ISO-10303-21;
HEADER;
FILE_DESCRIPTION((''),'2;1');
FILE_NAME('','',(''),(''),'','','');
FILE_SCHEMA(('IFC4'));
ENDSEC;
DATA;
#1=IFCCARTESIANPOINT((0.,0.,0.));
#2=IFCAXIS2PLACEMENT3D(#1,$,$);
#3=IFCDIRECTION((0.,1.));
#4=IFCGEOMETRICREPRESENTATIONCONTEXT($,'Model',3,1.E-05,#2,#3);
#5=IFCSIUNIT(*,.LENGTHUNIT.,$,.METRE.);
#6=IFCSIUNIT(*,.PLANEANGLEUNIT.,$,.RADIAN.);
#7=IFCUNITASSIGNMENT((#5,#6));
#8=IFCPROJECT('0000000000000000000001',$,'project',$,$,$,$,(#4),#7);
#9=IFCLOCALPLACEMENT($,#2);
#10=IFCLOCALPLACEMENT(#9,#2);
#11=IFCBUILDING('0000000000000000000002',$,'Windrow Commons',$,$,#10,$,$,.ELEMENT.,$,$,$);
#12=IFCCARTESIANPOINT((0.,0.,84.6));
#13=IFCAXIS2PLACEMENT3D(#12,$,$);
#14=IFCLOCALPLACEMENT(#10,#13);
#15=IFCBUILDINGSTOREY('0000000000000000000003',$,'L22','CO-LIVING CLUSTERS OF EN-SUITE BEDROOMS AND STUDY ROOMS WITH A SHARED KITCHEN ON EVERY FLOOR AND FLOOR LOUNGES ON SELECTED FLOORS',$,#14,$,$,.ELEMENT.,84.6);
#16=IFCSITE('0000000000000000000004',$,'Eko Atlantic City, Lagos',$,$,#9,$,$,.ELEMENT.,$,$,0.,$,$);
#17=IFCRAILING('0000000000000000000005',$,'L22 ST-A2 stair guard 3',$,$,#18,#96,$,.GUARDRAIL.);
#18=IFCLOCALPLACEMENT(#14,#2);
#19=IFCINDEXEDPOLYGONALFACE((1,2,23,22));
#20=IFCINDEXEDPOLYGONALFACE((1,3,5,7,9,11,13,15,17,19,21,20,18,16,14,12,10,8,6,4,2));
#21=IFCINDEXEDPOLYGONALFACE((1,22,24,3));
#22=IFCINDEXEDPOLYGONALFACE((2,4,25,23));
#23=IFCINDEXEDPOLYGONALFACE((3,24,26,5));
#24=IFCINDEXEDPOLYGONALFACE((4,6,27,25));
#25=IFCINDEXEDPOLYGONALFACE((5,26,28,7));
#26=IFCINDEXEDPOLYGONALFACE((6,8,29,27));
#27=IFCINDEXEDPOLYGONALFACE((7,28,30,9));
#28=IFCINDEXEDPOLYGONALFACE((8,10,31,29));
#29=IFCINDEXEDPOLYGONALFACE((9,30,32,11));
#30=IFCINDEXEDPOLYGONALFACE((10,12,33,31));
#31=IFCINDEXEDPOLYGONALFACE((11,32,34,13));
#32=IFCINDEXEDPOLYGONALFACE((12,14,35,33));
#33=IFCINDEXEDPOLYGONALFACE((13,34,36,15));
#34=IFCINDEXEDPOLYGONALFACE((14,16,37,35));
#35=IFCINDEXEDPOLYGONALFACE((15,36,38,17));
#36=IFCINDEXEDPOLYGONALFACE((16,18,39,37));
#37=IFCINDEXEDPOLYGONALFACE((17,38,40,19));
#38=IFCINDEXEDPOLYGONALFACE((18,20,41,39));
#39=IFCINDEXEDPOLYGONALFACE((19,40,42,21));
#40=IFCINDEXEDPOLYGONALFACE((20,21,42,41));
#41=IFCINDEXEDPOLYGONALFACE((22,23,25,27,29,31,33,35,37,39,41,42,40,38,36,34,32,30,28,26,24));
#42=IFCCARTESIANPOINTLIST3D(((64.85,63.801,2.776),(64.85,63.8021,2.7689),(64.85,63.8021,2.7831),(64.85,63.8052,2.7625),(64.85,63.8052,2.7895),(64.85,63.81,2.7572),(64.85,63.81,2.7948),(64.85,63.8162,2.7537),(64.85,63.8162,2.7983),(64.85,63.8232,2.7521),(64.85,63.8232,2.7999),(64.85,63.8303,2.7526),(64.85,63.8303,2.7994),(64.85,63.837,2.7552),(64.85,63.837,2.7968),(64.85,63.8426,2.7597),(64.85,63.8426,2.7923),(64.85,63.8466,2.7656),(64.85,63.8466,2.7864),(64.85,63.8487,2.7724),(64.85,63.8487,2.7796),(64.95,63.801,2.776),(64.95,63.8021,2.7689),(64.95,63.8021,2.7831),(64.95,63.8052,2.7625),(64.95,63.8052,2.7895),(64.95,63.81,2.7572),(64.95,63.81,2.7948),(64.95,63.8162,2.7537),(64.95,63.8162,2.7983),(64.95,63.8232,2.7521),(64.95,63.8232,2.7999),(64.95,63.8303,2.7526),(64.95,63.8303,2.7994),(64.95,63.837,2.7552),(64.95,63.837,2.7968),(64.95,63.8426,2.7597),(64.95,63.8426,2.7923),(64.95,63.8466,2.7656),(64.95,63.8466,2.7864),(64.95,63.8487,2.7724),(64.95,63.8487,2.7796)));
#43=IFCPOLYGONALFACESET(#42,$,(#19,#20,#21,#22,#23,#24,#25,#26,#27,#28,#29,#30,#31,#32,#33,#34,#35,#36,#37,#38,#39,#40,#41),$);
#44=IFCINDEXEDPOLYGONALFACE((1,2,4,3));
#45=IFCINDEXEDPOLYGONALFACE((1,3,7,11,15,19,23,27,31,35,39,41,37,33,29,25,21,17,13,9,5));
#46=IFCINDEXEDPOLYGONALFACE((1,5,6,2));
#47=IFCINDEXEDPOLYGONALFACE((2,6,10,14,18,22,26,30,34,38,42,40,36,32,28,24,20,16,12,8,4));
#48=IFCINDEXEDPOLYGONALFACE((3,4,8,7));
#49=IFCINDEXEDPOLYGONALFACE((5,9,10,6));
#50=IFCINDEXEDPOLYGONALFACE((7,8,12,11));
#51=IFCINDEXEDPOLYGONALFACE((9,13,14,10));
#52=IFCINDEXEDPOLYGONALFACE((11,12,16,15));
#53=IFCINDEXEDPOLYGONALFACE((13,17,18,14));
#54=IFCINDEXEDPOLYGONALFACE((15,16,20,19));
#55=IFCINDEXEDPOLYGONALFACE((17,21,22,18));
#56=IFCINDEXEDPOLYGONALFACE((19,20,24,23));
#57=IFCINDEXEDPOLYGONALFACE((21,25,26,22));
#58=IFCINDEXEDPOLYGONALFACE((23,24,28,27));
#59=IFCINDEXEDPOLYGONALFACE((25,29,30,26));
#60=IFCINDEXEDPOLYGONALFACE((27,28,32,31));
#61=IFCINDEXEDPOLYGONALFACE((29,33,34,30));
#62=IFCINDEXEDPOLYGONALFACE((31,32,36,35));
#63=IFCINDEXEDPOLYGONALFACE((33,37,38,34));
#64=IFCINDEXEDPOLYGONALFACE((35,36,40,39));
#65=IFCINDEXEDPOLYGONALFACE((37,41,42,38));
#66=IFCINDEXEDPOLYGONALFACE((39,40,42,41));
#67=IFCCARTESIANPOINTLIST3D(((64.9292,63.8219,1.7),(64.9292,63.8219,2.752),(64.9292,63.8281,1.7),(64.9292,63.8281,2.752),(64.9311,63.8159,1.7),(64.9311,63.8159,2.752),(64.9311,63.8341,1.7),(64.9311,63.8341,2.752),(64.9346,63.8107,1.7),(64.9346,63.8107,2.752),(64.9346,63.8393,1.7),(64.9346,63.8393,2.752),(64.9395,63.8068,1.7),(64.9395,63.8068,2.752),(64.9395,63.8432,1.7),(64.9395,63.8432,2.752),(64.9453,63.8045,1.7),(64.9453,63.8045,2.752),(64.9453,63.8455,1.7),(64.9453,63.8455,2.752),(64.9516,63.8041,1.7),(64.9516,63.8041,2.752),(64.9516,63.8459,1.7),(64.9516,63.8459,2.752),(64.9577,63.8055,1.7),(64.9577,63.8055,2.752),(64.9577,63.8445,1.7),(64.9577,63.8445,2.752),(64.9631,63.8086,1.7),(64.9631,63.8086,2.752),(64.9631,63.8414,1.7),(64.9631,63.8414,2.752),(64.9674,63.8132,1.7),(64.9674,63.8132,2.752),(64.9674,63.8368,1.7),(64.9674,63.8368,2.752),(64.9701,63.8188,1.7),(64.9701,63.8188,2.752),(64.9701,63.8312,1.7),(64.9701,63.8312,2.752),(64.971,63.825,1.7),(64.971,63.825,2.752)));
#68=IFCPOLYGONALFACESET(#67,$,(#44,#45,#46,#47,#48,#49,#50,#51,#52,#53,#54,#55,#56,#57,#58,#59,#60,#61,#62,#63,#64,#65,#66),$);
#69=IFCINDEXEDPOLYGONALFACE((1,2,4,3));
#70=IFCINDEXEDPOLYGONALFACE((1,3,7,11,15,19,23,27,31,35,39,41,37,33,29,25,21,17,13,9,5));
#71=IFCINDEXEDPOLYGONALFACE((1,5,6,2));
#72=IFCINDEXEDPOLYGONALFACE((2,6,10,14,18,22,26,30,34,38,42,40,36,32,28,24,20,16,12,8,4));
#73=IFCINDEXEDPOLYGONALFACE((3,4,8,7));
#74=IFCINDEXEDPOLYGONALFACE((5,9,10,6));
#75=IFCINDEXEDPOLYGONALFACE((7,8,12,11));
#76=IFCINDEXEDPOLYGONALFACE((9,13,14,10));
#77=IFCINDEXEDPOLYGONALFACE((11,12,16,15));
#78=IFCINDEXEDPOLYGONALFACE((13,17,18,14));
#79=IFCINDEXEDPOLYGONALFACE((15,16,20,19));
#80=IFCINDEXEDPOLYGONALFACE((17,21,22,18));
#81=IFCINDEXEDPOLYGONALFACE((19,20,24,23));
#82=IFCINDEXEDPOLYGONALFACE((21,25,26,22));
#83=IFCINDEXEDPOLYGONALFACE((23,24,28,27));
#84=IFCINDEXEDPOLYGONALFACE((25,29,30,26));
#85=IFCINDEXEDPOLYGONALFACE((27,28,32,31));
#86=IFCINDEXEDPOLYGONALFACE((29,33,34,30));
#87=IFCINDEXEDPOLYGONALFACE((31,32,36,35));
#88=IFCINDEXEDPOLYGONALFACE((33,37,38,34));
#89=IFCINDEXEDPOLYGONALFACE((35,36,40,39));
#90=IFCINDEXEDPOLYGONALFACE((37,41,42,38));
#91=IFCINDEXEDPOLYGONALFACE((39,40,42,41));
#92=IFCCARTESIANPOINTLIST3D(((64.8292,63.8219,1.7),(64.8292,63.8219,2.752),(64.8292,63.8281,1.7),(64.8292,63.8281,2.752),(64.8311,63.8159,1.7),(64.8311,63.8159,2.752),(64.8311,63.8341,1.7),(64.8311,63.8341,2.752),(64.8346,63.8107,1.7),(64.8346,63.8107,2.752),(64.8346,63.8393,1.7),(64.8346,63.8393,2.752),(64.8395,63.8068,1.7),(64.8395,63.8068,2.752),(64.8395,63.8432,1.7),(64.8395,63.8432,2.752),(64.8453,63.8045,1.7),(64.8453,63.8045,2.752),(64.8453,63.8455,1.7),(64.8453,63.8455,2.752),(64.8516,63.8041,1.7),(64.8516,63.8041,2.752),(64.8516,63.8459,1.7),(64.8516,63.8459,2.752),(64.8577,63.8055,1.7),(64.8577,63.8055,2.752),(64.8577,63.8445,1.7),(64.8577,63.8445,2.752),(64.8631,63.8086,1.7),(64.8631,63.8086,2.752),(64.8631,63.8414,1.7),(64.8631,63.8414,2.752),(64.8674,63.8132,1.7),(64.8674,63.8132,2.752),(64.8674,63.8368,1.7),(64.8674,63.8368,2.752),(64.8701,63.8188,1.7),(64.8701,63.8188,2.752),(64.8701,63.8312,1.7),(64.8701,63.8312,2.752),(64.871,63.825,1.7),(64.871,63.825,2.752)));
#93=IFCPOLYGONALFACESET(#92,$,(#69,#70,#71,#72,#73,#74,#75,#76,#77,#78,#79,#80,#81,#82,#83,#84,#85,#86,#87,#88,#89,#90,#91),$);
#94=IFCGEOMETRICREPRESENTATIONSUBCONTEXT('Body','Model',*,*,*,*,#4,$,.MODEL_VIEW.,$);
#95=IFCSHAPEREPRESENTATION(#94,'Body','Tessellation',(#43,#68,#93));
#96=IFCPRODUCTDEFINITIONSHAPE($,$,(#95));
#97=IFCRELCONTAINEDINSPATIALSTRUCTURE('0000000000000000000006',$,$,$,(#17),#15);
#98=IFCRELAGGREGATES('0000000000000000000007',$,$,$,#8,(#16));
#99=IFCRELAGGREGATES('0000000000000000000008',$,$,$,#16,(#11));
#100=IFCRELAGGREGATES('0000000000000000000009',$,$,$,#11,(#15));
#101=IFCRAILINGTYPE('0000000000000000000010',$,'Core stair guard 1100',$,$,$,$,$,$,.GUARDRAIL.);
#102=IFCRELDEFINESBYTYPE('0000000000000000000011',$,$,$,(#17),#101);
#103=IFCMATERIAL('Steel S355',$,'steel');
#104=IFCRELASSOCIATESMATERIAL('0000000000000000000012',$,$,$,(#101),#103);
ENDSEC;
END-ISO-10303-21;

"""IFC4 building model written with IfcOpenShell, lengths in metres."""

from ifc_helpers import new_model, si_unit, direction, frame, origin, origin_2d, place, context, subcontext, project, spatial, circle, extrude, material, type_object, element, save


model = new_model("IFC4")

# Units and contexts
model_context = context("Model", 3, precision=1e-05, world=origin(), true_north=direction((0.0, 1.0)))
body_context = subcontext(model_context, "Body", "Model", "MODEL_VIEW")
ifc_project = project(units=[si_unit("LENGTHUNIT", "METRE"), si_unit("PLANEANGLEUNIT", "RADIAN")], contexts=[model_context])

# Site, building, storey
site_placement = place(None, origin())
site = spatial("IfcSite", under=ifc_project, at=site_placement, Name="Eko Atlantic City, Lagos", CompositionType="ELEMENT", RefElevation=0.0)
building_placement = place(site_placement, origin())
building = spatial("IfcBuilding", under=site, at=building_placement, Name="Windrow Commons", CompositionType="ELEMENT")
storey_placement = place(building_placement, frame((0.0, 0.0, 84.6)))
storey = spatial("IfcBuildingStorey", under=building, at=storey_placement, Name="L22", Description="CO-LIVING CLUSTERS OF EN-SUITE BEDROOMS AND STUDY ROOMS WITH A SHARED KITCHEN ON EVERY FLOOR AND FLOOR LOUNGES ON SELECTED FLOORS", CompositionType="ELEMENT", Elevation=84.6)

# Railing
ifc_material_1 = material(Name="Steel S355", Category="steel")
railing_type_1 = type_object("IfcRailingType", Name="Core stair guard 1100", PredefinedType="GUARDRAIL", material=ifc_material_1)
railing_1_placement = place(storey_placement, frame((64.95, 63.825, 1.7)))
element("IfcRailing", 1, at=railing_1_placement, inside=storey, type_object=railing_type_1, Name="L22 ST-A2 stair guard 3", PredefinedType="GUARDRAIL", context=body_context, shape_type="SweptSolid", body=[
    extrude(circle(Radius=0.024, at=origin_2d()), frame((0.0, 0.0, 1.076), z_axis=(-1.0, 0.0, 0.0), x_axis=(0.0, -1.0, 0.0)), (0.0, 0.0, 1.0), 0.1),
    extrude(circle(Radius=0.021, at=origin_2d()), origin(), (0.0, 0.0, 1.0), 1.052),
    extrude(circle(Radius=0.021, at=origin_2d()), frame((-0.1, 0.0, 0.0)), (0.0, 0.0, 1.0), 1.052),
])

save(model, "model.ifc")
